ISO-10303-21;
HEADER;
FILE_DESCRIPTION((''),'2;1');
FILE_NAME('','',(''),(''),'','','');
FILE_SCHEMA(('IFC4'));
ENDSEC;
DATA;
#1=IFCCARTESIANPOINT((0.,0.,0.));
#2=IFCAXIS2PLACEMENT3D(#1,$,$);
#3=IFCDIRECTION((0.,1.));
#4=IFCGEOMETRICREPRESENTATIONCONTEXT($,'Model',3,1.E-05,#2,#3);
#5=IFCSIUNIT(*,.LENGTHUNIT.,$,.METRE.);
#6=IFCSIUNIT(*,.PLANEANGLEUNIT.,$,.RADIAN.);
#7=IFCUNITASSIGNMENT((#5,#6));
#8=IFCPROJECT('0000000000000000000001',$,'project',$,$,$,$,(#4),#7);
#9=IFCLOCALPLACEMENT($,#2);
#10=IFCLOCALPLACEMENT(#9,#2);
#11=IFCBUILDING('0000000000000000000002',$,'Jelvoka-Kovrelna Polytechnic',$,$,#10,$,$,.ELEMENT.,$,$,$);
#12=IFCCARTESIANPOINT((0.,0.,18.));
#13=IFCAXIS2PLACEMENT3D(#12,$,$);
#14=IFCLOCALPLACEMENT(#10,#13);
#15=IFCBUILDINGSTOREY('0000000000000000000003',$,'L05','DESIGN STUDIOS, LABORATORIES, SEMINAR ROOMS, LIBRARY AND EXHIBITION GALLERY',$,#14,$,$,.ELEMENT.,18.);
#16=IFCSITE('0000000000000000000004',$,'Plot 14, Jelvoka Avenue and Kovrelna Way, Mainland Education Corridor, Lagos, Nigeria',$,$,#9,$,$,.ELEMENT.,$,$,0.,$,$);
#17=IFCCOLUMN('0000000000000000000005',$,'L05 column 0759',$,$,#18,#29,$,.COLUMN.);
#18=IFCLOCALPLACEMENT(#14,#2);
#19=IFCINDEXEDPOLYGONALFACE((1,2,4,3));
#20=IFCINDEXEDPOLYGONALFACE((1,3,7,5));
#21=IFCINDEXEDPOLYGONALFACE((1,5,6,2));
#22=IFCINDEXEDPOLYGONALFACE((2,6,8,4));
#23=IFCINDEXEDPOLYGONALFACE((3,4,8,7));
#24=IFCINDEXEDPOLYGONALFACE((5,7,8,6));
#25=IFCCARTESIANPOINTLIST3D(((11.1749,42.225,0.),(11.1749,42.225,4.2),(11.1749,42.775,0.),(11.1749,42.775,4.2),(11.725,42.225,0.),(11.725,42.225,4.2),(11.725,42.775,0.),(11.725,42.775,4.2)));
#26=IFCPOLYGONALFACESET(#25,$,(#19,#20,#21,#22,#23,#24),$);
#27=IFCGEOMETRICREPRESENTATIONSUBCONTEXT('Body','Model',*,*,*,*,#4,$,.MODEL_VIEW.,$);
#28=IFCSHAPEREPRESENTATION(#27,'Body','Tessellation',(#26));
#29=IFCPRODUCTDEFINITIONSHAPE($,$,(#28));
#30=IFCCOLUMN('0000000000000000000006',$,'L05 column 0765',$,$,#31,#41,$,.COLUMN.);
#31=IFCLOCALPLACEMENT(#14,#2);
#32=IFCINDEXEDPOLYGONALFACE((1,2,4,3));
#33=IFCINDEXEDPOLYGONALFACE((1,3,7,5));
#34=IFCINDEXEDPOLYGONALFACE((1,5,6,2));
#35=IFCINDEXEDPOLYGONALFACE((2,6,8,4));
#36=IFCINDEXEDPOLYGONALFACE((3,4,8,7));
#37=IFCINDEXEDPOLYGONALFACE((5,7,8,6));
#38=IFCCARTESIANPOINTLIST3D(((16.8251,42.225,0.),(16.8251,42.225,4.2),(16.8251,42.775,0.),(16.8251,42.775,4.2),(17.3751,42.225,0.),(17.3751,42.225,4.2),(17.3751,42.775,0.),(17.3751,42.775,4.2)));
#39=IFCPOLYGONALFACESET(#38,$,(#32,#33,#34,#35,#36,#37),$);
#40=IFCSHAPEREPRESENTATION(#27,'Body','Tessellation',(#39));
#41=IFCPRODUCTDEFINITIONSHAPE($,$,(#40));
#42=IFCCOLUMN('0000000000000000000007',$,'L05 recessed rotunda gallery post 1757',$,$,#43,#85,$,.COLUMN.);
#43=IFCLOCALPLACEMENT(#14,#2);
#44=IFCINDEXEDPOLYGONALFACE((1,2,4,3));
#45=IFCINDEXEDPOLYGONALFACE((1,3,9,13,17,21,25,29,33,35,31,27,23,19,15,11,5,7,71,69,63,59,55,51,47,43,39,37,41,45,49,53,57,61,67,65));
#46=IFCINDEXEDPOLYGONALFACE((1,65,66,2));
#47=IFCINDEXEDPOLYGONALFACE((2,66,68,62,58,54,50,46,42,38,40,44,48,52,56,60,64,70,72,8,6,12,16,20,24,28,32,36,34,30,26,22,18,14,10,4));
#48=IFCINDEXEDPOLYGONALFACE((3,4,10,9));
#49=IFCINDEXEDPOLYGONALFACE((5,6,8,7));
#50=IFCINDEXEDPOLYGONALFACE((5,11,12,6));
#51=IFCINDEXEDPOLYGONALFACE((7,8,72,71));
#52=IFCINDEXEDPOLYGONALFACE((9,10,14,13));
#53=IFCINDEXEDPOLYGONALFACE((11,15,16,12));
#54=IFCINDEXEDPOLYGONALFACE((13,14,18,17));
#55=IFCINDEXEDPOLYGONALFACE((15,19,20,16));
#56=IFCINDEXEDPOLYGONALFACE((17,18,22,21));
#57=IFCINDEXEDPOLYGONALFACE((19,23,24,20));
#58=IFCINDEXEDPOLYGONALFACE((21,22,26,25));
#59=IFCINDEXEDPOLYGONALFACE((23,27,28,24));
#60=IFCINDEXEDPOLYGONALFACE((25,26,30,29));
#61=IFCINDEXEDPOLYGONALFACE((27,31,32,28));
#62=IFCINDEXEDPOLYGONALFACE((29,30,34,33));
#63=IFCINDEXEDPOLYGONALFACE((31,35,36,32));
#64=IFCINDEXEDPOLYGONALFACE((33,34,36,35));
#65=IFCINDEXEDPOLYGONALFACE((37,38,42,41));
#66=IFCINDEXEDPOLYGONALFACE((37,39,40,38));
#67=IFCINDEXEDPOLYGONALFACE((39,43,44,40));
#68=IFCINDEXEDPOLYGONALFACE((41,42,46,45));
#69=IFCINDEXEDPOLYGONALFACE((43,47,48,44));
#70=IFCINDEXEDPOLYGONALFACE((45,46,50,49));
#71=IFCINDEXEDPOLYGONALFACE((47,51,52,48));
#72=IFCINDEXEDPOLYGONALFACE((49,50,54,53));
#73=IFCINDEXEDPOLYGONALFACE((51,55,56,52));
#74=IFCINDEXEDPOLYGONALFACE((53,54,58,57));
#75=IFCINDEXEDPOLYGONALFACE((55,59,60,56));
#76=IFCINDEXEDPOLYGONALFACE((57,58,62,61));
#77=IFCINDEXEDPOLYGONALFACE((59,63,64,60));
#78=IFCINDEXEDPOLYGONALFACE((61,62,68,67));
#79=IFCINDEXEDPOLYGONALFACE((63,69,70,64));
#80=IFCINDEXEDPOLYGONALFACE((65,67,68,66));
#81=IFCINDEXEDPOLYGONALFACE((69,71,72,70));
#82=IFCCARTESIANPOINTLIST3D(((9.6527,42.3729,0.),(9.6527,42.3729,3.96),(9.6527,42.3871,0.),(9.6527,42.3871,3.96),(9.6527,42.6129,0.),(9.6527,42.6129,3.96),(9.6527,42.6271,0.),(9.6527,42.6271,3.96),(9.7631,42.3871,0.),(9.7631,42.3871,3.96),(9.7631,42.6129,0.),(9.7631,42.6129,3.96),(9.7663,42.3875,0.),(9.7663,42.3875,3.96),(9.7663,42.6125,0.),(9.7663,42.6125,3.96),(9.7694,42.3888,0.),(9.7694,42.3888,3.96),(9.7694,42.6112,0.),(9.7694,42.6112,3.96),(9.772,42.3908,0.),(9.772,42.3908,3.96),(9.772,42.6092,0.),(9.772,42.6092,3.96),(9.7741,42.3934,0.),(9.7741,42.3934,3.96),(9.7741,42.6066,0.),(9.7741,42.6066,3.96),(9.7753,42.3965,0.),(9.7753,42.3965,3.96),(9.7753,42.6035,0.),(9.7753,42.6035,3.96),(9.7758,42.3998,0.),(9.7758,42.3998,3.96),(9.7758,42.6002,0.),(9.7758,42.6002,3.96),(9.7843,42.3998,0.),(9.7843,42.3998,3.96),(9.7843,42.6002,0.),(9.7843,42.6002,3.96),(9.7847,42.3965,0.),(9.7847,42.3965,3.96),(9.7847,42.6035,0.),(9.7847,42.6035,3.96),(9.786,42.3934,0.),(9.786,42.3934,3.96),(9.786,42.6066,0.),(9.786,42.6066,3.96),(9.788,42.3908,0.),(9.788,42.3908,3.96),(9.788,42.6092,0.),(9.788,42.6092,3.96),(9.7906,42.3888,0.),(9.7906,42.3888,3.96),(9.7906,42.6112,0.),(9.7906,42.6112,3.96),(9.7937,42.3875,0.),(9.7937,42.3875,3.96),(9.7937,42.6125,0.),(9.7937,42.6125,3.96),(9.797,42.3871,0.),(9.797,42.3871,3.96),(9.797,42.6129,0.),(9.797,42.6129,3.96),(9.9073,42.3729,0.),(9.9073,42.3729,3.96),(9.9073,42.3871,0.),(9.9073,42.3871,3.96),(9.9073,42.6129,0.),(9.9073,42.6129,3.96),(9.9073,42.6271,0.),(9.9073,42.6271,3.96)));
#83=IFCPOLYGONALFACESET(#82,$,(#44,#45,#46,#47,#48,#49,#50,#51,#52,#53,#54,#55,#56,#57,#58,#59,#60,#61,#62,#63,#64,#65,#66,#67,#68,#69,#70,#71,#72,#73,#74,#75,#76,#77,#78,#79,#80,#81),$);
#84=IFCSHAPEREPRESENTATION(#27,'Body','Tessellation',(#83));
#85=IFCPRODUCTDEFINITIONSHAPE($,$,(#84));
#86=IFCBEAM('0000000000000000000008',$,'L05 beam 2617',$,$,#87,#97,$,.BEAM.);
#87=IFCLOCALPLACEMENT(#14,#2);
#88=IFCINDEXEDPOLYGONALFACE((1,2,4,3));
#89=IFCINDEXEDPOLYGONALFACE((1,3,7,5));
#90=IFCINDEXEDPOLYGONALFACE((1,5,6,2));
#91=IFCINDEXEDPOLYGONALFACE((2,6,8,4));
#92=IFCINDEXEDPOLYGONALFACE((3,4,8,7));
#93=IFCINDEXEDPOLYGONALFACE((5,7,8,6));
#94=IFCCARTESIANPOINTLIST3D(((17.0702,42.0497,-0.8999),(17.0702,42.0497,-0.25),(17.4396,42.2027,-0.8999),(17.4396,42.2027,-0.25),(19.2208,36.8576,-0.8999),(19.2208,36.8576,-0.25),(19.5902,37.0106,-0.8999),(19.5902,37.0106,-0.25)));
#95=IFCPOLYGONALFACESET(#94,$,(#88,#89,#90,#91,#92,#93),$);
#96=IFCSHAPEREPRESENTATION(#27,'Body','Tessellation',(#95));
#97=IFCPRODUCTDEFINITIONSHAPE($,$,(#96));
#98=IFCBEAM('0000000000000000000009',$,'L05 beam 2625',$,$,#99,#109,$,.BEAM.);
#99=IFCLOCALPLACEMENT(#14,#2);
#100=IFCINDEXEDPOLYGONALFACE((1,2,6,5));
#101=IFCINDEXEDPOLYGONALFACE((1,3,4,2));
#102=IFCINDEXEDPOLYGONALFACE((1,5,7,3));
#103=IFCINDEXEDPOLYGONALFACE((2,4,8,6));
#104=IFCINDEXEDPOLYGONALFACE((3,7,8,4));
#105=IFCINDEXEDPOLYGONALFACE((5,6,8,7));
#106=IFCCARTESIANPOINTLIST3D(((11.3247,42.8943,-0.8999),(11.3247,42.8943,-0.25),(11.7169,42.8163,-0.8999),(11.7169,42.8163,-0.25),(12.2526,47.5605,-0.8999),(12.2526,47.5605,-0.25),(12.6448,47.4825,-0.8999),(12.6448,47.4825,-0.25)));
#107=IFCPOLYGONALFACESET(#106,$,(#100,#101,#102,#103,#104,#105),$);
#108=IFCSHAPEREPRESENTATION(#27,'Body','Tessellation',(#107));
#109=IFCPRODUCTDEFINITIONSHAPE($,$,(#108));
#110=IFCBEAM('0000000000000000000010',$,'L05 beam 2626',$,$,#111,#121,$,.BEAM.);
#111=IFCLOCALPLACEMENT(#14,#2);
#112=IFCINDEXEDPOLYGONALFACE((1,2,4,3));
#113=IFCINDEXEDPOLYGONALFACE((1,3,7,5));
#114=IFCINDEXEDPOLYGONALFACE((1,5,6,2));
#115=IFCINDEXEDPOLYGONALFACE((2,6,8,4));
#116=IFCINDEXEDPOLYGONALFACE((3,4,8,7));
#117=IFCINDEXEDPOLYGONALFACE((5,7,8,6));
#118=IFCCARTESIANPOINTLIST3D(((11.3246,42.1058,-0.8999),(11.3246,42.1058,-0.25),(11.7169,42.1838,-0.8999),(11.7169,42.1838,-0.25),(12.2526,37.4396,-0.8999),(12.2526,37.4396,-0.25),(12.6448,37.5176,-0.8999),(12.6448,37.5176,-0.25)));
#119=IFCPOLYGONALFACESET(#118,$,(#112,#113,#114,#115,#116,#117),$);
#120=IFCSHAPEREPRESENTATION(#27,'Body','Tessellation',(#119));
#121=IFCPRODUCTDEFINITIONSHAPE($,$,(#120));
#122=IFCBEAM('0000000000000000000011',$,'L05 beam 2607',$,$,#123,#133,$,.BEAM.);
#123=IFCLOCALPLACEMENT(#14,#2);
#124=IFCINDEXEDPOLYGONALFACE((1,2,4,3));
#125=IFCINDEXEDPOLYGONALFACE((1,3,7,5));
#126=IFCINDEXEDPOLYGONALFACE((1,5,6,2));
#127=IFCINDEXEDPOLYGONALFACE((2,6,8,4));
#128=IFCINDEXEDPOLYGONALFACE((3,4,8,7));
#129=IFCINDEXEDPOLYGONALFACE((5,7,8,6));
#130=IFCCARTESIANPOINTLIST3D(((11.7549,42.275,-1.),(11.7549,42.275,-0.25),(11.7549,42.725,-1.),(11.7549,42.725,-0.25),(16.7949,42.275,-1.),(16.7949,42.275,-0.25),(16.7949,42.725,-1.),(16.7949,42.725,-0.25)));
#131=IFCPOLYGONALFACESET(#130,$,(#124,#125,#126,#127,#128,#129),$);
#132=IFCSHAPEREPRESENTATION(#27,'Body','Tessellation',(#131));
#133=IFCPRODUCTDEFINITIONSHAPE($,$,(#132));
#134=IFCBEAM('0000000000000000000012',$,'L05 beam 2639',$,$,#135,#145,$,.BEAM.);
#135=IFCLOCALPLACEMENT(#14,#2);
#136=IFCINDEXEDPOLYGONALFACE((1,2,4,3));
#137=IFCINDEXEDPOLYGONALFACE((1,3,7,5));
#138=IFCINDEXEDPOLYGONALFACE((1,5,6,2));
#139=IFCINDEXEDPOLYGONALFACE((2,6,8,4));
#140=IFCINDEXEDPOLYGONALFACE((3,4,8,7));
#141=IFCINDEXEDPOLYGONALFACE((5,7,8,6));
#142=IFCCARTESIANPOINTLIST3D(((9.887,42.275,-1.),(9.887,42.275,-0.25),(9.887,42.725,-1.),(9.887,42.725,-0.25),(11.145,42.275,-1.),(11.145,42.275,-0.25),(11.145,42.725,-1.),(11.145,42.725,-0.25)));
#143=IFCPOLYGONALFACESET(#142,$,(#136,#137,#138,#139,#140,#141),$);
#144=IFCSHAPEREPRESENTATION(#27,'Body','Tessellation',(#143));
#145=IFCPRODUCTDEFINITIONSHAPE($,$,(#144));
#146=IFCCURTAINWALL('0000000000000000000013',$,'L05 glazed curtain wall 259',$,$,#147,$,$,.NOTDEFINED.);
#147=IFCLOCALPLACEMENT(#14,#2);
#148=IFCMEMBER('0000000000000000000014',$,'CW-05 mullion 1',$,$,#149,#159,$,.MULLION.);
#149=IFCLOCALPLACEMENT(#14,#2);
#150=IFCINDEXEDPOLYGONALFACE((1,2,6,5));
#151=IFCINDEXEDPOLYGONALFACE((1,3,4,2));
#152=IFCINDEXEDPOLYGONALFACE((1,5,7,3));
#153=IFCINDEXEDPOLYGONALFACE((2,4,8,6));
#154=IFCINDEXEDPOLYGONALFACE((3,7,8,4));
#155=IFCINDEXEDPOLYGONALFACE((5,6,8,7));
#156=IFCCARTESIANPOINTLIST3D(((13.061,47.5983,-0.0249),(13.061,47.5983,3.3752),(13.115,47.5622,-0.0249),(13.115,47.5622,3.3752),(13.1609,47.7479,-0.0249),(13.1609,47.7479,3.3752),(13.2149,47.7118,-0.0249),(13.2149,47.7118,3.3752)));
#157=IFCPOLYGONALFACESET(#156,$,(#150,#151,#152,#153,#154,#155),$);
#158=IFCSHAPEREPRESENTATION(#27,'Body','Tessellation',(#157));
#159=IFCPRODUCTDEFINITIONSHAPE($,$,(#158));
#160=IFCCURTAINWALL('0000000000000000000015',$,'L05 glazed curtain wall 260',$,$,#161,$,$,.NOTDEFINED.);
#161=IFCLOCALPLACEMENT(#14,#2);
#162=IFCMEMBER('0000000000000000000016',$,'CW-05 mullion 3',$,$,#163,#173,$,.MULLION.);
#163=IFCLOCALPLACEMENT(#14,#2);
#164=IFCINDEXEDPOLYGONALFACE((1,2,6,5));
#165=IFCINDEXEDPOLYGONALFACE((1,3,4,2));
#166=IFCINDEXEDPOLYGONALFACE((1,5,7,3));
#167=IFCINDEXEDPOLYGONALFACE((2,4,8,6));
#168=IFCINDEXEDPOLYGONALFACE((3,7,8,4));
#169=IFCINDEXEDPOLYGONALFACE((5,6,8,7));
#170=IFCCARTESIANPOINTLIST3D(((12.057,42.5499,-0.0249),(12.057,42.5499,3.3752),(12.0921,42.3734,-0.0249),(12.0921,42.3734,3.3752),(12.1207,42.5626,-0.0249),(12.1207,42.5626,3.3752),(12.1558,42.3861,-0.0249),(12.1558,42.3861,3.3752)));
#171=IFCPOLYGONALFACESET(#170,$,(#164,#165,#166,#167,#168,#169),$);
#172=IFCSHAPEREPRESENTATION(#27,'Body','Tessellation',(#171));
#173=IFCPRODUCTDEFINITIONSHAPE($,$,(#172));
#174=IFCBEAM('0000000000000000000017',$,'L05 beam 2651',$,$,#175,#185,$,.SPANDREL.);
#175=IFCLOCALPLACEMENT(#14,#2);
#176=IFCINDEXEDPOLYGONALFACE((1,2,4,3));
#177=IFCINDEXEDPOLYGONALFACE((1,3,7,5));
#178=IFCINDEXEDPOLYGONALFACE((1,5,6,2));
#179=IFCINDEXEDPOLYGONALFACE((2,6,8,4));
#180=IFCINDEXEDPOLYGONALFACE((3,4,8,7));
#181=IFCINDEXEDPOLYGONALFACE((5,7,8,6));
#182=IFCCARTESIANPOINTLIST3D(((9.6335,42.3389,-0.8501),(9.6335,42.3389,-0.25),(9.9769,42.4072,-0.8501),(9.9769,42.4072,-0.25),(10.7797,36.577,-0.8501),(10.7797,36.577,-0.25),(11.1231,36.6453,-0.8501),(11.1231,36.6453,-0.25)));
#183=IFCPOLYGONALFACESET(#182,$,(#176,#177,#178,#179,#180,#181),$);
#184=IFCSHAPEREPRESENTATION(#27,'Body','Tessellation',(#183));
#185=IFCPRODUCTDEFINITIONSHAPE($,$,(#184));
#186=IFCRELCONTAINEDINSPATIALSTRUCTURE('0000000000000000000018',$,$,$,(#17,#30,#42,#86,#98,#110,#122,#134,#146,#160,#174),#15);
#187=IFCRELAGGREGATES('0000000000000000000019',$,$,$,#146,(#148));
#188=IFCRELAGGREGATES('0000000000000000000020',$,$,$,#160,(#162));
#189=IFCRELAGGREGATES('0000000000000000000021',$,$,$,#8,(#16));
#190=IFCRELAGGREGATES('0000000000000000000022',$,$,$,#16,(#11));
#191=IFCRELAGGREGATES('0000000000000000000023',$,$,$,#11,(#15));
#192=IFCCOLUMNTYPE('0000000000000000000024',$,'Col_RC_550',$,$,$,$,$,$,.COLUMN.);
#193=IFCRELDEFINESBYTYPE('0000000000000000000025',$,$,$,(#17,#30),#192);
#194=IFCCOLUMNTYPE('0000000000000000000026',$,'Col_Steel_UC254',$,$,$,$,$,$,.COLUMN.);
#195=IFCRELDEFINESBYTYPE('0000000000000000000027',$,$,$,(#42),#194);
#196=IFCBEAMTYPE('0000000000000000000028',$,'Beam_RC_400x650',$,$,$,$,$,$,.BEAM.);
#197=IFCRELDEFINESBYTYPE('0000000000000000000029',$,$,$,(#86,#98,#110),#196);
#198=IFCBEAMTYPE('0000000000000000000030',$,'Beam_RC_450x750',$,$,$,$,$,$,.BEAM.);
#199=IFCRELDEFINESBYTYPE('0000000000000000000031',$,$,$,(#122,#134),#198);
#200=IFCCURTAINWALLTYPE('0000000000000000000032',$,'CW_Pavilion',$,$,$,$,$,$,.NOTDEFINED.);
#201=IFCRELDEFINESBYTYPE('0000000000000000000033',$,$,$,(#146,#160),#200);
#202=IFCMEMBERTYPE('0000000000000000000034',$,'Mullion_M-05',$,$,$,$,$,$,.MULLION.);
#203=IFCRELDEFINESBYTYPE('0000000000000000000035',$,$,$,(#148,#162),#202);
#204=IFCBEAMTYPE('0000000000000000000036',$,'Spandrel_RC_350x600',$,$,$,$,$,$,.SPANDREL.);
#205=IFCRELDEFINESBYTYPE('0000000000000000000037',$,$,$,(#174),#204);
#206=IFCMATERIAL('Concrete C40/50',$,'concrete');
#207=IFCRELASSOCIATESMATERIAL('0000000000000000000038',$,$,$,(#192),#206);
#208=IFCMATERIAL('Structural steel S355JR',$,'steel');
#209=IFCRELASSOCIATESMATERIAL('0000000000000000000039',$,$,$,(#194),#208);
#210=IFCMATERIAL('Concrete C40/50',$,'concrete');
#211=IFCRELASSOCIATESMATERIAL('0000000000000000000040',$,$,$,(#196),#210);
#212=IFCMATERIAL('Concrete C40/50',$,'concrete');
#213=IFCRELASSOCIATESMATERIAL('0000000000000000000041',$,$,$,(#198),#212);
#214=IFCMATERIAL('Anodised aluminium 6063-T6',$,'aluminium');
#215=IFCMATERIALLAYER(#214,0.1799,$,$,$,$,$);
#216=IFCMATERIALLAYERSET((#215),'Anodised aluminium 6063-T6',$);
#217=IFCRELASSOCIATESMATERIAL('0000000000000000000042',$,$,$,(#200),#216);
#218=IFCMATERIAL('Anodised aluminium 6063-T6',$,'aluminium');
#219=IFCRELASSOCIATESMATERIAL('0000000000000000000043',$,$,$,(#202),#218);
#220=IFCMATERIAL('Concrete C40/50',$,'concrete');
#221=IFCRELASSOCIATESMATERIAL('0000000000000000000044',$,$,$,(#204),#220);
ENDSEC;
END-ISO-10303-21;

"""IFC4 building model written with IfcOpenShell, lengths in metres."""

from ifc_helpers import new_model, si_unit, direction, frame, origin, origin_2d, place, context, subcontext, project, spatial, rectangle, i_section, extrude, material, layer, layer_set, material_profile, profile_set, type_object, element, aggregate, save


model = new_model("IFC4")

# Units and contexts
model_context = context("Model", 3, precision=1e-05, world=origin(), true_north=direction((0.0, 1.0)))
body_context = subcontext(model_context, "Body", "Model", "MODEL_VIEW")
ifc_project = project(units=[si_unit("LENGTHUNIT", "METRE"), si_unit("PLANEANGLEUNIT", "RADIAN")], contexts=[model_context])

# Site, building, storey
site_placement = place(None, origin())
site = spatial("IfcSite", under=ifc_project, at=site_placement, Name="Plot 14, Jelvoka Avenue and Kovrelna Way, Mainland Education Corridor, Lagos, Nigeria", CompositionType="ELEMENT", RefElevation=0.0)
building_placement = place(site_placement, origin())
building = spatial("IfcBuilding", under=site, at=building_placement, Name="Jelvoka-Kovrelna Polytechnic", CompositionType="ELEMENT")
storey_placement = place(building_placement, frame((0.0, 0.0, 18.0)))
storey = spatial("IfcBuildingStorey", under=building, at=storey_placement, Name="L05", Description="DESIGN STUDIOS, LABORATORIES, SEMINAR ROOMS, LIBRARY AND EXHIBITION GALLERY", CompositionType="ELEMENT", Elevation=18.0)

# Columns
ifc_material_1 = material(Name="Concrete C40/50", Category="concrete")
ifc_material_profile_1 = material_profile(ifc_material_1, rectangle(XDim=0.55, YDim=0.55, at=origin_2d()), Name="RC 550x550")
ifc_profile_set_1 = profile_set([ifc_material_profile_1], Name="Concrete C40/50")
column_type_1 = type_object("IfcColumnType", Name="Col_RC_550", PredefinedType="COLUMN", material=ifc_profile_set_1)
for number, where, z_axis, x_axis, name in (
    (1, (11.45, 42.5, 0.0), (0.0, 0.0, 1.0), (1.0, 0.0, 0.0), "L05 column 0759"),
    (2, (17.1001, 42.5, 0.0), (0.0, 0.0, 1.0), (1.0, 0.0, 0.0), "L05 column 0765"),
):
    element("IfcColumn", number, at=place(storey_placement, frame(where, z_axis=z_axis, x_axis=x_axis)), inside=storey, type_object=column_type_1, Name=name, PredefinedType="COLUMN", context=body_context, shape_type="SweptSolid", body=[
        extrude(rectangle(XDim=0.55, YDim=0.55, at=origin_2d()), origin(), (0.0, 0.0, 1.0), 4.2),
    ])
ifc_material_2 = material(Name="Structural steel S355JR", Category="steel")
ifc_material_profile_2 = material_profile(ifc_material_2, i_section(OverallWidth=0.2546, OverallDepth=0.2542, WebThickness=0.0085, FlangeThickness=0.0142, FilletRadius=0.0127, at=origin_2d()), Name="254x254x73 UC")
ifc_profile_set_2 = profile_set([ifc_material_profile_2], Name="Structural steel S355JR")
column_type_2 = type_object("IfcColumnType", Name="Col_Steel_UC254", PredefinedType="COLUMN", material=ifc_profile_set_2)
column_placement = place(storey_placement, frame((9.78, 42.5, 0.0), z_axis=(0.0, 0.0, 1.0), x_axis=(1.0, 0.0, 0.0)))
element("IfcColumn", 3, at=column_placement, inside=storey, type_object=column_type_2, Name="L05 recessed rotunda gallery post 1757", PredefinedType="COLUMN", context=body_context, shape_type="SweptSolid", body=[
    extrude(i_section(OverallWidth=0.2546, OverallDepth=0.2542, WebThickness=0.0085, FlangeThickness=0.0142, FilletRadius=0.0127, at=origin_2d()), origin(), (0.0, 0.0, 1.0), 3.96),
])

# Beams
ifc_material_3 = material(Name="Concrete C40/50", Category="concrete")
ifc_material_profile_3 = material_profile(ifc_material_3, rectangle(XDim=0.3999, YDim=0.6499, at=origin_2d()), Name="RC 400x650")
ifc_profile_set_3 = profile_set([ifc_material_profile_3], Name="Concrete C40/50")
beam_type_1 = type_object("IfcBeamType", Name="Beam_RC_400x650", PredefinedType="BEAM", material=ifc_profile_set_3)
beam_1_placement = place(storey_placement, frame((17.2549, 42.1262, -0.575), z_axis=(0.38268, -0.923881, 0.0), x_axis=(0.923881, 0.38268, 0.0)))
element("IfcBeam", 4, at=beam_1_placement, inside=storey, type_object=beam_type_1, Name="L05 beam 2617", PredefinedType="BEAM", context=body_context, shape_type="SweptSolid", body=[
    extrude(rectangle(XDim=0.3999, YDim=0.6499, at=origin_2d()), origin(), (0.0, 0.0, 1.0), 5.6199),
])
for number, where, z_axis, x_axis, name in (
    (5, (12.4487, 47.5215, -0.575), (-0.19505, -0.980793, 0.0), (0.980793, -0.19505, 0.0), "L05 beam 2625"),
    (6, (11.5208, 42.1448, -0.575), (0.19505, -0.980793, 0.0), (0.980793, 0.19505, 0.0), "L05 beam 2626"),
):
    element("IfcBeam", number, at=place(storey_placement, frame(where, z_axis=z_axis, x_axis=x_axis)), inside=storey, type_object=beam_type_1, Name=name, PredefinedType="BEAM", context=body_context, shape_type="SweptSolid", body=[
        extrude(rectangle(XDim=0.3999, YDim=0.6499, at=origin_2d()), origin(), (0.0, 0.0, 1.0), 4.7576),
    ])
ifc_material_4 = material(Name="Concrete C40/50", Category="concrete")
ifc_material_profile_4 = material_profile(ifc_material_4, rectangle(XDim=0.45, YDim=0.75, at=origin_2d()), Name="RC 450x750")
ifc_profile_set_4 = profile_set([ifc_material_profile_4], Name="Concrete C40/50")
beam_type_2 = type_object("IfcBeamType", Name="Beam_RC_450x750", PredefinedType="BEAM", material=ifc_profile_set_4)
beam_2_placement = place(storey_placement, frame((16.7949, 42.5, -0.625), z_axis=(-1.0, 0.0, 0.0), x_axis=(0.0, -1.0, 0.0)))
element("IfcBeam", 7, at=beam_2_placement, inside=storey, type_object=beam_type_2, Name="L05 beam 2607", PredefinedType="BEAM", context=body_context, shape_type="SweptSolid", body=[
    extrude(rectangle(XDim=0.45, YDim=0.75, at=origin_2d()), origin(), (0.0, 0.0, 1.0), 5.04),
])
beam_3_placement = place(storey_placement, frame((11.145, 42.5, -0.625), z_axis=(-1.0, 0.0, 0.0), x_axis=(0.0, -1.0, 0.0)))
element("IfcBeam", 8, at=beam_3_placement, inside=storey, type_object=beam_type_2, Name="L05 beam 2639", PredefinedType="BEAM", context=body_context, shape_type="SweptSolid", body=[
    extrude(rectangle(XDim=0.45, YDim=0.75, at=origin_2d()), origin(), (0.0, 0.0, 1.0), 1.2581),
])

# Curtain walls, members
ifc_material_5 = material(Name="Anodised aluminium 6063-T6", Category="aluminium")
ifc_layer_1 = layer(ifc_material_5, 0.1799)
ifc_layer_set_1 = layer_set([ifc_layer_1], Name="Anodised aluminium 6063-T6")
curtain_wall_type = type_object("IfcCurtainWallType", Name="CW_Pavilion", PredefinedType="NOTDEFINED", material=ifc_layer_set_1)
curtain_wall_1_placement = place(storey_placement, origin())
curtain_wall_1 = element("IfcCurtainWall", 9, at=curtain_wall_1_placement, inside=storey, type_object=curtain_wall_type, Name="L05 glazed curtain wall 259", PredefinedType="NOTDEFINED")
ifc_material_6 = material(Name="Anodised aluminium 6063-T6", Category="aluminium")
ifc_material_profile_5 = material_profile(ifc_material_6, rectangle(XDim=0.0649, YDim=0.1799, at=origin_2d()), Name="ALU 65x180")
ifc_profile_set_5 = profile_set([ifc_material_profile_5], Name="Anodised aluminium 6063-T6")
member_type_1 = type_object("IfcMemberType", Name="Mullion_M-05", PredefinedType="MULLION", material=ifc_profile_set_5)
member_1_placement = place(storey_placement, frame((13.1379, 47.655, -0.0249), z_axis=(0.0, 0.0, 1.0), x_axis=(-0.831461, 0.555583, 0.0)))
member_1 = element("IfcMember", 10, at=member_1_placement, type_object=member_type_1, Name="CW-05 mullion 1", PredefinedType="MULLION", context=body_context, shape_type="SweptSolid", body=[
    extrude(rectangle(XDim=0.0649, YDim=0.1799, at=origin_2d()), origin(), (0.0, 0.0, 1.0), 3.4001),
])
curtain_wall_2_placement = place(storey_placement, origin())
curtain_wall_2 = element("IfcCurtainWall", 11, at=curtain_wall_2_placement, inside=storey, type_object=curtain_wall_type, Name="L05 glazed curtain wall 260", PredefinedType="NOTDEFINED")
member_2_placement = place(storey_placement, frame((12.1064, 42.468, -0.0249), z_axis=(0.0, 0.0, 1.0), x_axis=(-0.980786, -0.195086, 0.0)))
member_2 = element("IfcMember", 12, at=member_2_placement, type_object=member_type_1, Name="CW-05 mullion 3", PredefinedType="MULLION", context=body_context, shape_type="SweptSolid", body=[
    extrude(rectangle(XDim=0.0649, YDim=0.1799, at=origin_2d()), origin(), (0.0, 0.0, 1.0), 3.4001),
])

# Beam
ifc_material_7 = material(Name="Concrete C40/50", Category="concrete")
ifc_material_profile_6 = material_profile(ifc_material_7, rectangle(XDim=0.3501, YDim=0.6001, at=origin_2d()), Name="RC 350x600")
ifc_profile_set_6 = profile_set([ifc_material_profile_6], Name="Concrete C40/50")
beam_type_3 = type_object("IfcBeamType", Name="Spandrel_RC_350x600", PredefinedType="SPANDREL", material=ifc_profile_set_6)
beam_4_placement = place(storey_placement, frame((9.8052, 42.373, -0.55), z_axis=(0.195109, -0.980782, 0.0), x_axis=(0.980782, 0.195109, 0.0)))
element("IfcBeam", 13, at=beam_4_placement, inside=storey, type_object=beam_type_3, Name="L05 beam 2651", PredefinedType="SPANDREL", context=body_context, shape_type="SweptSolid", body=[
    extrude(rectangle(XDim=0.3501, YDim=0.6001, at=origin_2d()), origin(), (0.0, 0.0, 1.0), 5.8748),
])

aggregate(curtain_wall_1, [member_1])

aggregate(curtain_wall_2, [member_2])

save(model, "model.ifc")
